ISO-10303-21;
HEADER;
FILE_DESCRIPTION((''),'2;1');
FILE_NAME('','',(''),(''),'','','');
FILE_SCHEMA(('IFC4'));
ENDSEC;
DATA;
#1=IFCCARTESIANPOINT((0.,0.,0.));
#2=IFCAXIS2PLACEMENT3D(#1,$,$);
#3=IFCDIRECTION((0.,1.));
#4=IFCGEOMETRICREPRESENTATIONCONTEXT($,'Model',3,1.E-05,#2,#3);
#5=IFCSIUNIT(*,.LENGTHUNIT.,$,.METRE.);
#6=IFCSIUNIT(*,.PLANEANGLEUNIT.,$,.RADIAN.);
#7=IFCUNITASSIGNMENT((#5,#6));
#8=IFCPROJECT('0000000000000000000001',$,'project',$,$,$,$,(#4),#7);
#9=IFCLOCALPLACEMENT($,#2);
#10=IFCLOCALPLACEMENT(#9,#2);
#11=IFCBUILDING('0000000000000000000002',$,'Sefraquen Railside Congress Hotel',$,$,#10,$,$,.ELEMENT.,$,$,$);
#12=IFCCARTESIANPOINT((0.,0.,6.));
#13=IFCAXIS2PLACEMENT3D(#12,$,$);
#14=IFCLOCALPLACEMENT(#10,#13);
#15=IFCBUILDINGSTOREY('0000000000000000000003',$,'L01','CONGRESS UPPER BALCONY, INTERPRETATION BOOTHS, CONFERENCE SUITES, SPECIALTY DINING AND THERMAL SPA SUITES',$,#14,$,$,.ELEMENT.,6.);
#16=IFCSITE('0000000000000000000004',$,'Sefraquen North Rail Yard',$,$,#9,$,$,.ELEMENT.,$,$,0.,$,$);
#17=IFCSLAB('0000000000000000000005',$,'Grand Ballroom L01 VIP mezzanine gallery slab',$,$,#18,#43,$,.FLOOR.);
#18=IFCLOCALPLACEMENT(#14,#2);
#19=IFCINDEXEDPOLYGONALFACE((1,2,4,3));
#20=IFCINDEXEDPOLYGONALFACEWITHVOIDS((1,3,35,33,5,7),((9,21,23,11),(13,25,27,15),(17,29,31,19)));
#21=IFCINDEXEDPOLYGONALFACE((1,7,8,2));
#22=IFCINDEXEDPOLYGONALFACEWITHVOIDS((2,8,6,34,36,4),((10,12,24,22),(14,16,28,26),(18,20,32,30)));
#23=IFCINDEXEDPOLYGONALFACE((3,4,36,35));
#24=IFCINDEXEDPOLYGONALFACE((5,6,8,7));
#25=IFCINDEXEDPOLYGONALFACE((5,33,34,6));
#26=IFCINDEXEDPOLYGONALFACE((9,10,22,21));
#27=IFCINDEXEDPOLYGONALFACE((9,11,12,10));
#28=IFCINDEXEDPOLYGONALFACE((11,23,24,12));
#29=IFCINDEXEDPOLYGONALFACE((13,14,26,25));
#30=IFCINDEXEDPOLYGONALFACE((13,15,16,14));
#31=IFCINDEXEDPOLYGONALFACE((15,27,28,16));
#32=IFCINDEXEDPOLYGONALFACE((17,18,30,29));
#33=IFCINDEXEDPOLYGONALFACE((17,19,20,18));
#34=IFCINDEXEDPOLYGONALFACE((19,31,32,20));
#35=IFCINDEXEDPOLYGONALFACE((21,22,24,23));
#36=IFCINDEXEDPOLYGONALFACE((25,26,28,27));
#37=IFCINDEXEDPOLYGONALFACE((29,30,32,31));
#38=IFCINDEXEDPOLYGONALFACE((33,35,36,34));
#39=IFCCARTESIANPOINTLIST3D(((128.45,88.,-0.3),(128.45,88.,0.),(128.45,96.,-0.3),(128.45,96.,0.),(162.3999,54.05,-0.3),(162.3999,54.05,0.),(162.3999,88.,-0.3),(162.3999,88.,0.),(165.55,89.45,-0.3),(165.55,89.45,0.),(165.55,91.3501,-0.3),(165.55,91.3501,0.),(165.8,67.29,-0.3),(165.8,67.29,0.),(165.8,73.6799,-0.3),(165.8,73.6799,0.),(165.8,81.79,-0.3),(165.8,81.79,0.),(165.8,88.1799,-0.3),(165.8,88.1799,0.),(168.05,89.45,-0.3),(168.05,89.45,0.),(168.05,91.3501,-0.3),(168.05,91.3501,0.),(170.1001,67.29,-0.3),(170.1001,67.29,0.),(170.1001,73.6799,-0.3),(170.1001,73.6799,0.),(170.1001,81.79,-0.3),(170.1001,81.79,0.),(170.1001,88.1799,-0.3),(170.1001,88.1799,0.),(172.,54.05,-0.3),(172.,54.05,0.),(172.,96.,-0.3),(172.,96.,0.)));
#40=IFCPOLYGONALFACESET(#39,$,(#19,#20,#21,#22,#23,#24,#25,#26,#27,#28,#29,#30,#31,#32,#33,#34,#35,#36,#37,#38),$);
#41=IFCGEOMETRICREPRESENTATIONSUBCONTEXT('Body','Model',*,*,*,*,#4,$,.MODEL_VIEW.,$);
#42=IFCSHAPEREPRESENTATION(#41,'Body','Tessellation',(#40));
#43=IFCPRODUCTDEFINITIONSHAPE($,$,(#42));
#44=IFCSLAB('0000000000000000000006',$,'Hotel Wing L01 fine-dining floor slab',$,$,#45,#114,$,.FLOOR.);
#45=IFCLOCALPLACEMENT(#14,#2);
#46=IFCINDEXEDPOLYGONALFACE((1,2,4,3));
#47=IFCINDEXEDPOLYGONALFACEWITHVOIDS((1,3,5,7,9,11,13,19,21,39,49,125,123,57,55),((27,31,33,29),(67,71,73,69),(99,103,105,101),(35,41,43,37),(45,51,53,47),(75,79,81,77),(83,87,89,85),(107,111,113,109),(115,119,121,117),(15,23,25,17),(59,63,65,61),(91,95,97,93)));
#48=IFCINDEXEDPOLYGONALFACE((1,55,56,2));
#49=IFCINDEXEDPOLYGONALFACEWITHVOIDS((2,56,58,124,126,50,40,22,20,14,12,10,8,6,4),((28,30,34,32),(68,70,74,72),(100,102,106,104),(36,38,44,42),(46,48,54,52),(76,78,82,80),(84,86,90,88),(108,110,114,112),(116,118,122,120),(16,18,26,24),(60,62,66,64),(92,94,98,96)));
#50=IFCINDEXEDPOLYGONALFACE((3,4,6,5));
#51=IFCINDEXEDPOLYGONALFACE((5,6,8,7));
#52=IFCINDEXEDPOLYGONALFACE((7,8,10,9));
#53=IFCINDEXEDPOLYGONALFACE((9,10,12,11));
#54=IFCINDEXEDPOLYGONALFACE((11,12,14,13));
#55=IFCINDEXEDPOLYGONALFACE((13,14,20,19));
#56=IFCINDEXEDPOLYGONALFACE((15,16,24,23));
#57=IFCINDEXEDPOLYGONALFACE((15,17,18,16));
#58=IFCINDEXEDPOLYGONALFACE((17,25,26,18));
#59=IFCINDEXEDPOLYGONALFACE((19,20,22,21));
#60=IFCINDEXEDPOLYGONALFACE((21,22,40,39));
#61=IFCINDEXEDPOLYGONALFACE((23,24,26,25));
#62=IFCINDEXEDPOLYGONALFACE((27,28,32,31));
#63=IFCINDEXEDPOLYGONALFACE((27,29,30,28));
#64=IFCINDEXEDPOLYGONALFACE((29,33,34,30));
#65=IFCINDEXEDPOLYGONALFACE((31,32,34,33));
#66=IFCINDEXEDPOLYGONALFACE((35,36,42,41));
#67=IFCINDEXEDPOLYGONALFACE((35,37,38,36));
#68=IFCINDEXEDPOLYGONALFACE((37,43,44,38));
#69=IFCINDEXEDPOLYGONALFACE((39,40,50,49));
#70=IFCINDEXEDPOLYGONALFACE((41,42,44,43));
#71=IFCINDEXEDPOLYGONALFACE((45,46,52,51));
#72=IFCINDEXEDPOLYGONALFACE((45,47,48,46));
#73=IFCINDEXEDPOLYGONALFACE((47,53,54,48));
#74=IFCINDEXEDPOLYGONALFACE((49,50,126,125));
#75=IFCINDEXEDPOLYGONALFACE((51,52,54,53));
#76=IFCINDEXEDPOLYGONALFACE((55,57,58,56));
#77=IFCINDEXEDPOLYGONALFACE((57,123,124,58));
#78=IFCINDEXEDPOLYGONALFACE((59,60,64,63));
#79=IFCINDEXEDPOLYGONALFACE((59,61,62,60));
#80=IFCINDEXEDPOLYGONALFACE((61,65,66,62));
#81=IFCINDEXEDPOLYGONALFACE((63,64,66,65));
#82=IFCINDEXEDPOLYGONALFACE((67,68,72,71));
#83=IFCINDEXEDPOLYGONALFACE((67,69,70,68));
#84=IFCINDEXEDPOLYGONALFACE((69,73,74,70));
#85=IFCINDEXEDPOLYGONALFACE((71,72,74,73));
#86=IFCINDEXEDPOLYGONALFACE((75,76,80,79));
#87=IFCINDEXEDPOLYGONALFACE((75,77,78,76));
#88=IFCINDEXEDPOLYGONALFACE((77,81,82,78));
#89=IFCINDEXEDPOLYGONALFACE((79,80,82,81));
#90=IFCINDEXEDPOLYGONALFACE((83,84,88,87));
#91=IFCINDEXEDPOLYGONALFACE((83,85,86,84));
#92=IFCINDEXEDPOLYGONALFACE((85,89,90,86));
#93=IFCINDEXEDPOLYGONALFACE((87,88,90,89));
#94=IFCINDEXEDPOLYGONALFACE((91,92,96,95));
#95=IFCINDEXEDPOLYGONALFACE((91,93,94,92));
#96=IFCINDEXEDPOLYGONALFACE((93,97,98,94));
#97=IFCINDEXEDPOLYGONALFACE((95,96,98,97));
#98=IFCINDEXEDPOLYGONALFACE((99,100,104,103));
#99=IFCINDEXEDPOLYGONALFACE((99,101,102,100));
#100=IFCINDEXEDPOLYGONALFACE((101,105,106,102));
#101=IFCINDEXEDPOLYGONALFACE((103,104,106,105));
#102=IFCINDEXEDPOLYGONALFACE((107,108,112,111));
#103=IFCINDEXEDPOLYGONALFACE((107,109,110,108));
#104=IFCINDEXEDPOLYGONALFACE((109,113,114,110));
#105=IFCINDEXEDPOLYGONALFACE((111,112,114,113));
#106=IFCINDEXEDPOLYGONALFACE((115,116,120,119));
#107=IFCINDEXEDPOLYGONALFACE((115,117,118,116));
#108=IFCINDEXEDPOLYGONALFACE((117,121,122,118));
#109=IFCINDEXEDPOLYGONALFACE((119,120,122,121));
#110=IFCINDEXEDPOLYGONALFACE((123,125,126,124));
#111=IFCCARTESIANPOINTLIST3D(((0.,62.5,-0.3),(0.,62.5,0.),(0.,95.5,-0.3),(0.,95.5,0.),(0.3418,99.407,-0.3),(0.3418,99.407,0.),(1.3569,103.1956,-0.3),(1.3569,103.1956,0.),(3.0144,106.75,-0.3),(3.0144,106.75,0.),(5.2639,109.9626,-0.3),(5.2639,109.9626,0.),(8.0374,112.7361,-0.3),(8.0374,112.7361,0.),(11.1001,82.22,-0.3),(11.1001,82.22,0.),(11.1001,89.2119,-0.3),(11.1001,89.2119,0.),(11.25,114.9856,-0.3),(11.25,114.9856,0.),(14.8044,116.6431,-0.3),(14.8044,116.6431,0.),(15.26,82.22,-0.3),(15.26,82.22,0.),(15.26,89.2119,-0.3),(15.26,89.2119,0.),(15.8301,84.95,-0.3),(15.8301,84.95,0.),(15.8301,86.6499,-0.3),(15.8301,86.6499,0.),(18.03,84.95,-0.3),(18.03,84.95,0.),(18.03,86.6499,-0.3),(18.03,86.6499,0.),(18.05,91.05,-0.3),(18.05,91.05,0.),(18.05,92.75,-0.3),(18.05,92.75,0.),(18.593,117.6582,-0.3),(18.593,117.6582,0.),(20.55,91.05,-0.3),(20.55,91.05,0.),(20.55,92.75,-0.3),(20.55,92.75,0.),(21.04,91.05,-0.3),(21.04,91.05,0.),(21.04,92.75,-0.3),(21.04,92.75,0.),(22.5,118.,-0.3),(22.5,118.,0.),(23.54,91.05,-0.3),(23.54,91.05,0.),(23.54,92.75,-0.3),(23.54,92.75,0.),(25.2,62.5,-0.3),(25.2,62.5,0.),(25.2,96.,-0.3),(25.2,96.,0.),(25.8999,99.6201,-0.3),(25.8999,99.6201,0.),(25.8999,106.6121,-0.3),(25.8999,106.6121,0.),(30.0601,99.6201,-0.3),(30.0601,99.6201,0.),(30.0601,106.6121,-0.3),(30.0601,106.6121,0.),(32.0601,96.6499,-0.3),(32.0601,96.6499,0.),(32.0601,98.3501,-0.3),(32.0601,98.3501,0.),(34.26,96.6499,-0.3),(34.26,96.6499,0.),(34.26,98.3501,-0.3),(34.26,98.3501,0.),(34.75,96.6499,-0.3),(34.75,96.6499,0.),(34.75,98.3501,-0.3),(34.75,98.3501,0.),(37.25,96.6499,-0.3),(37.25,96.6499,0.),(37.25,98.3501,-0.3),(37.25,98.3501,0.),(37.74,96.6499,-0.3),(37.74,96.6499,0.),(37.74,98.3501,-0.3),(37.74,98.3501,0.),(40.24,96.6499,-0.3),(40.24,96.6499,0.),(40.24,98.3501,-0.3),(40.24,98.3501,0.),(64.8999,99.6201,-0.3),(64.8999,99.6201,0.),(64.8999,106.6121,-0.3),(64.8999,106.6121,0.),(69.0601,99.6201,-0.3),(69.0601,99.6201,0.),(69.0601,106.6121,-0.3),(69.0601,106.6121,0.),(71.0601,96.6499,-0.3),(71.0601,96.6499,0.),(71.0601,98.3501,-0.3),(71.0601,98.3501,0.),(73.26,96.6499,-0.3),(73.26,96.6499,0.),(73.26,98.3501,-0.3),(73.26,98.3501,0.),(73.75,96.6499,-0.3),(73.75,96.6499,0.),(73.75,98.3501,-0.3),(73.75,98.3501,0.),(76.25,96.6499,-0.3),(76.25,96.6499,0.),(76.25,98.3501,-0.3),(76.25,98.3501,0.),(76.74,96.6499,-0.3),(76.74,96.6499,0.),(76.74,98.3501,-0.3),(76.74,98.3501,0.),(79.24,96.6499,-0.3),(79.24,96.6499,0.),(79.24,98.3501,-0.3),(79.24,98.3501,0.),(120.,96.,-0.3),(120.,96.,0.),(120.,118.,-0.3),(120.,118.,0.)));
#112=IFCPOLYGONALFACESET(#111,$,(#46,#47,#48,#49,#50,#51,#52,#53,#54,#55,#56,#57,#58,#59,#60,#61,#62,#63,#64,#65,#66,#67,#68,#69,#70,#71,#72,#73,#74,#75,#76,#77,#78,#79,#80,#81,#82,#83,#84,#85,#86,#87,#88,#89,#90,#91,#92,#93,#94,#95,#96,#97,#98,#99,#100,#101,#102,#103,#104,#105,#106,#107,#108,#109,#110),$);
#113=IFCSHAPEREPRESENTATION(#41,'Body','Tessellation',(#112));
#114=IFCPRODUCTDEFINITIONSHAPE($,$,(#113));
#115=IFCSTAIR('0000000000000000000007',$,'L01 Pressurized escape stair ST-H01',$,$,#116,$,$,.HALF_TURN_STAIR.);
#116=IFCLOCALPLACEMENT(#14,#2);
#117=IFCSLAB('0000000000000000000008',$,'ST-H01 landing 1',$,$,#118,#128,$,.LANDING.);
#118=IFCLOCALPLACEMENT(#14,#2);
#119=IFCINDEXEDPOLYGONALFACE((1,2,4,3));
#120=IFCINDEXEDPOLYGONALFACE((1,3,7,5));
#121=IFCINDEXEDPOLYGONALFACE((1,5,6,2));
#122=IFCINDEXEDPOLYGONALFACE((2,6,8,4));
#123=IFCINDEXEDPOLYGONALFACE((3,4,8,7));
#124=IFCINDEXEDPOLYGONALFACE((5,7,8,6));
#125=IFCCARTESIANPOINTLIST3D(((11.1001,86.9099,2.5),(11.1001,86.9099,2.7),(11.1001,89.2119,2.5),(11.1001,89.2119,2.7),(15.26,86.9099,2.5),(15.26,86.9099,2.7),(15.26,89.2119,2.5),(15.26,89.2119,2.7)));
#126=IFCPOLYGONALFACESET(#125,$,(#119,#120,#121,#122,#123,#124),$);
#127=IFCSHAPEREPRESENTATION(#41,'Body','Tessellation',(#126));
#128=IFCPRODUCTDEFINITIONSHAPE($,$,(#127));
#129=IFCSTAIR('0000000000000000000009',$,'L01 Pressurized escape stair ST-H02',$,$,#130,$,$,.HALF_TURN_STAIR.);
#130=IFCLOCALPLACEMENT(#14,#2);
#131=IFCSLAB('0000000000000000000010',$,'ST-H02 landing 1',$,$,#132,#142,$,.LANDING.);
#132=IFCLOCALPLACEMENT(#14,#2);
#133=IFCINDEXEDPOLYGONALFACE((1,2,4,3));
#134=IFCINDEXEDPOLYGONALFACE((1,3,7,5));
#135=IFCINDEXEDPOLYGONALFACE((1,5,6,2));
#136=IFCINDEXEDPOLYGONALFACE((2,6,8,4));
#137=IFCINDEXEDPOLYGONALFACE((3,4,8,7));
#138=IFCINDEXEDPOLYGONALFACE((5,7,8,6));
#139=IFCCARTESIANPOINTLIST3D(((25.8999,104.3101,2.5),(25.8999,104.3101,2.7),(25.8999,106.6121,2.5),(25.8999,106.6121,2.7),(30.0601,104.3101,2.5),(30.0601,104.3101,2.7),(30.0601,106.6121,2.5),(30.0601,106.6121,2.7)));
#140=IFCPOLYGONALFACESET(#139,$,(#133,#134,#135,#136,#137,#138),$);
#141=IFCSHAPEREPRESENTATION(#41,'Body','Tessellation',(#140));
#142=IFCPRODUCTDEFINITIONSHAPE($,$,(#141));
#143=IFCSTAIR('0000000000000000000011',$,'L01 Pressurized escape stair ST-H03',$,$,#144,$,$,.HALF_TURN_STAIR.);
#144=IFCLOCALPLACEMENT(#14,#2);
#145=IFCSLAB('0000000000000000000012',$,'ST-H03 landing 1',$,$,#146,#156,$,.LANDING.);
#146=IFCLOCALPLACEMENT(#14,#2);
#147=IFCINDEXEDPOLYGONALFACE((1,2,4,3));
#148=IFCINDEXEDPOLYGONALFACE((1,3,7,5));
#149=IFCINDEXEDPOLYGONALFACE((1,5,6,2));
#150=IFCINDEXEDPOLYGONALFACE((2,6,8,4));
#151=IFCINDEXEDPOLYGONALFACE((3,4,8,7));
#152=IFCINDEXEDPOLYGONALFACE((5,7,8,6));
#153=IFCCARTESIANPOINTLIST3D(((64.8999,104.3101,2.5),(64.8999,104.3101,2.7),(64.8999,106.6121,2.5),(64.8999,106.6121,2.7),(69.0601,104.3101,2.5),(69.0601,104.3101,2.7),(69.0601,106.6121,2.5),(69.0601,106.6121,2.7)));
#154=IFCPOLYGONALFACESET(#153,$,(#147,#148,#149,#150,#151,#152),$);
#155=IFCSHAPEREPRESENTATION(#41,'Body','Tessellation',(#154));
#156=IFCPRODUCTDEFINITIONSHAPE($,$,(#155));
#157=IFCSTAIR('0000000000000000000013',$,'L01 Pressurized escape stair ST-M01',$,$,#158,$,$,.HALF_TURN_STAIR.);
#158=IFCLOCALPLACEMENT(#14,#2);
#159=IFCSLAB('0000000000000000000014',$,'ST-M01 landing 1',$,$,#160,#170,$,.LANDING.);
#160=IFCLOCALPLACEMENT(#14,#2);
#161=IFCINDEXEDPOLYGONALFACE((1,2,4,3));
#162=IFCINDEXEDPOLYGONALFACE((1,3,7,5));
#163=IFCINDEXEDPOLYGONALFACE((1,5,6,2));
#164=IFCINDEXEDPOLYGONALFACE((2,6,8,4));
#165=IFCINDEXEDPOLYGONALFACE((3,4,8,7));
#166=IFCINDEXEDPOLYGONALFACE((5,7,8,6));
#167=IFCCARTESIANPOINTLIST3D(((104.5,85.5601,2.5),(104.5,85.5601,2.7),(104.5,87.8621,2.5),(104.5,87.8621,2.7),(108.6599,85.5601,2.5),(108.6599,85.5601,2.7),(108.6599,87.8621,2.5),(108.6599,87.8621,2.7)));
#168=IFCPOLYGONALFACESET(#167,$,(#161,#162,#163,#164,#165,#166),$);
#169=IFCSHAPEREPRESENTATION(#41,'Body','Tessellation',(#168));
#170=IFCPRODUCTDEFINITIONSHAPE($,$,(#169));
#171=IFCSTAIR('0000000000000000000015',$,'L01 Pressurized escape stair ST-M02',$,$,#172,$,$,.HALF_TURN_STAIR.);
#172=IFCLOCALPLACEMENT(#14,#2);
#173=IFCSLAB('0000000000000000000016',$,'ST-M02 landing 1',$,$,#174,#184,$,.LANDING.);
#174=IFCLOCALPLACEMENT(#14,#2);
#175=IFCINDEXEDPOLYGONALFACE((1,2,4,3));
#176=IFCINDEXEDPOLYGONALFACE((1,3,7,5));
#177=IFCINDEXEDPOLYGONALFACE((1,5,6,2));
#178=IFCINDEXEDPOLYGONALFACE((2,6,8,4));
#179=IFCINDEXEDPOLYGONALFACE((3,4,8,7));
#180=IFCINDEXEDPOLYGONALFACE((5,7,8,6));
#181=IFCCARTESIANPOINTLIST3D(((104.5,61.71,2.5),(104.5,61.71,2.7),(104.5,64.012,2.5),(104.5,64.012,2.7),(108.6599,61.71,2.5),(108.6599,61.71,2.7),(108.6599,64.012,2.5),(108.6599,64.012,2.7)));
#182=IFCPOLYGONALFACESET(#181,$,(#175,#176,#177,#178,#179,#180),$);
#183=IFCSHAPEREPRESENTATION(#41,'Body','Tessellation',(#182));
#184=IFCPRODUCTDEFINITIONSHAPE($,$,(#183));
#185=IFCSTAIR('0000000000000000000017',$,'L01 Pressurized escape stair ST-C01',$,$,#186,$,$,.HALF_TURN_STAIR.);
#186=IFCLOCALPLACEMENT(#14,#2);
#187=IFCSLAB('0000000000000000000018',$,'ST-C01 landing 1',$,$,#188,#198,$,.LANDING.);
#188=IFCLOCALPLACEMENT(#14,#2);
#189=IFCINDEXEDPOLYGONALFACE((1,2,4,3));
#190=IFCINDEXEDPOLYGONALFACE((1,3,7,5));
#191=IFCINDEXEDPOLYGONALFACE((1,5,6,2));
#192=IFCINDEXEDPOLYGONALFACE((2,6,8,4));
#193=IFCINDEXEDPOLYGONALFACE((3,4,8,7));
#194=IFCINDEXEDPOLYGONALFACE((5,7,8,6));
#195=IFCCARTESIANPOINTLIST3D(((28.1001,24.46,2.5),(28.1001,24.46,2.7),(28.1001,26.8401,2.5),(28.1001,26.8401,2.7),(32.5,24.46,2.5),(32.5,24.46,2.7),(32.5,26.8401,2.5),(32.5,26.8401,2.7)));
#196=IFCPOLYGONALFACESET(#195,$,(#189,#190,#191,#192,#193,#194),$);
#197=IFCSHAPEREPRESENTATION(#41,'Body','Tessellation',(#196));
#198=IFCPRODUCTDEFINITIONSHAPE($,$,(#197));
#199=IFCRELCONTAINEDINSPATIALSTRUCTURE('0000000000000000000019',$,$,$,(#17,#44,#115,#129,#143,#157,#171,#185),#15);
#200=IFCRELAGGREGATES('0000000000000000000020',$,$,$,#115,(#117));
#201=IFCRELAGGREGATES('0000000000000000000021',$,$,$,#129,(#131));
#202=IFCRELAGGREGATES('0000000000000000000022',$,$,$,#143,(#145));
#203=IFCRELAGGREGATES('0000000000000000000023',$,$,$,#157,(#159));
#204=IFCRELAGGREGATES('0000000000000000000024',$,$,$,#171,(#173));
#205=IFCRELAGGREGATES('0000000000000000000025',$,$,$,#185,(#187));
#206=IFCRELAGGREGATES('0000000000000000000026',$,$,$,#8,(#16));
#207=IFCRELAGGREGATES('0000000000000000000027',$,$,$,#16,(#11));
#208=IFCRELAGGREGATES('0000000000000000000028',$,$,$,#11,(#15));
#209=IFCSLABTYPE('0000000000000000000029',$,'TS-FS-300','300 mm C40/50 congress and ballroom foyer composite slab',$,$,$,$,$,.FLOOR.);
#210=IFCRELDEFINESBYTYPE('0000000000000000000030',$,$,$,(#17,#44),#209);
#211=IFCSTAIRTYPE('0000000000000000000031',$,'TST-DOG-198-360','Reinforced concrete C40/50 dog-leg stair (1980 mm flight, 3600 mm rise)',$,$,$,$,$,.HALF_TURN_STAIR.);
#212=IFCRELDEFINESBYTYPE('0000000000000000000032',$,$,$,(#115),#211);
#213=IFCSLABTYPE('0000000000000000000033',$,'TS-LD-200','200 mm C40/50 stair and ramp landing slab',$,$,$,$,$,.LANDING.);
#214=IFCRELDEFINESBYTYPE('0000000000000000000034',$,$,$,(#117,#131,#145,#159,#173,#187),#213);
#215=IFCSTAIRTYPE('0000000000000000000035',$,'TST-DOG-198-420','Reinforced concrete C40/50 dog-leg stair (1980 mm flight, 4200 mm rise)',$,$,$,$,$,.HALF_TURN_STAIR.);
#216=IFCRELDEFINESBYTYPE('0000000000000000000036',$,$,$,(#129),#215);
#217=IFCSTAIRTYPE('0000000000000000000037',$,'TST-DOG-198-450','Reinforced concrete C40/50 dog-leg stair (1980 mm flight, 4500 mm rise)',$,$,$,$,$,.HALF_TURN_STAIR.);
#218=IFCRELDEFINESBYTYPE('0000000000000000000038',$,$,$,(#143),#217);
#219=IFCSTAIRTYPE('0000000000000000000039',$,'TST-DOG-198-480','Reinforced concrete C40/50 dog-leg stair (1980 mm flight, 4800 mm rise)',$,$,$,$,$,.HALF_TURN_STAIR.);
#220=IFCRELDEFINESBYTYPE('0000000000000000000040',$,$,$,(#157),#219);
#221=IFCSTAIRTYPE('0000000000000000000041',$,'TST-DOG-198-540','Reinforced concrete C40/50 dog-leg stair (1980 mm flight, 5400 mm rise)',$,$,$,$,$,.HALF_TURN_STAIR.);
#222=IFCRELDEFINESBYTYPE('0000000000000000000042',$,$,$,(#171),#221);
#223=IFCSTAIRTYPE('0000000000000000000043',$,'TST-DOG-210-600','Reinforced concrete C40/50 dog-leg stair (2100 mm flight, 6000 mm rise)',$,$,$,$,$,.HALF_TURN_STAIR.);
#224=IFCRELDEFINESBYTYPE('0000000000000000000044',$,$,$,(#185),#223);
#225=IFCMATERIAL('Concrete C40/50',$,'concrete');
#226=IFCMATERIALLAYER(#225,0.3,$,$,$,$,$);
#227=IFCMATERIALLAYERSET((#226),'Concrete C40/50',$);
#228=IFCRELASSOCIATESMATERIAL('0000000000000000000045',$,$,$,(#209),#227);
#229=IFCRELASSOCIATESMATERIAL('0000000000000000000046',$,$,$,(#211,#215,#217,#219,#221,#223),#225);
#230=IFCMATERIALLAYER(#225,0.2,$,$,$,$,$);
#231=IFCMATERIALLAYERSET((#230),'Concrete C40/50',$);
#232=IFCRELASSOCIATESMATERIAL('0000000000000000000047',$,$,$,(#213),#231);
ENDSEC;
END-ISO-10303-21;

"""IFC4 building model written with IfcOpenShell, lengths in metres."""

from ifc_helpers import new_model, si_unit, direction, frame, origin, place, context, subcontext, project, spatial, polyline, outline, extrude, material, layer, layer_set, type_object, element, aggregate, save


model = new_model("IFC4")

# Units and contexts
model_context = context("Model", 3, precision=1e-05, world=origin(), true_north=direction((0.0, 1.0)))
body_context = subcontext(model_context, "Body", "Model", "MODEL_VIEW")
ifc_project = project(units=[si_unit("LENGTHUNIT", "METRE"), si_unit("PLANEANGLEUNIT", "RADIAN")], contexts=[model_context])

# Site, building, storey
site_placement = place(None, origin())
site = spatial("IfcSite", under=ifc_project, at=site_placement, Name="Sefraquen North Rail Yard", CompositionType="ELEMENT", RefElevation=0.0)
building_placement = place(site_placement, origin())
building = spatial("IfcBuilding", under=site, at=building_placement, Name="Sefraquen Railside Congress Hotel", CompositionType="ELEMENT")
storey_placement = place(building_placement, frame((0.0, 0.0, 6.0)))
storey = spatial("IfcBuildingStorey", under=building, at=storey_placement, Name="L01", Description="CONGRESS UPPER BALCONY, INTERPRETATION BOOTHS, CONFERENCE SUITES, SPECIALTY DINING AND THERMAL SPA SUITES", CompositionType="ELEMENT", Elevation=6.0)

# Slabs
ifc_material_1 = material(Name="Concrete C40/50", Category="concrete")
ifc_layer_1 = layer(ifc_material_1, 0.3)
ifc_layer_set_1 = layer_set([ifc_layer_1], Name="Concrete C40/50")
slab_type_1 = type_object("IfcSlabType", Name="TS-FS-300", Description="300 mm C40/50 congress and ballroom foyer composite slab", PredefinedType="FLOOR", material=ifc_layer_set_1)
slab_1_placement = place(storey_placement, frame((0.0, 0.0, -0.3)))
element("IfcSlab", 1, at=slab_1_placement, inside=storey, type_object=slab_type_1, Name="Grand Ballroom L01 VIP mezzanine gallery slab", PredefinedType="FLOOR", context=body_context, shape_type="SweptSolid", body=[
    extrude(outline(polyline([(128.45, 88.0), (162.3999, 88.0), (162.3999, 54.05), (172.0, 54.05), (172.0, 96.0), (128.45, 96.0), (128.45, 88.0)]), holes=[polyline([(165.8, 81.79), (170.1001, 81.79), (170.1001, 88.1799), (165.8, 88.1799), (165.8, 81.79)]), polyline([(165.8, 67.29), (170.1001, 67.29), (170.1001, 73.6799), (165.8, 73.6799), (165.8, 67.29)]), polyline([(165.55, 89.45), (168.05, 89.45), (168.05, 91.3501), (165.55, 91.3501), (165.55, 89.45)])]), origin(), (0.0, 0.0, 1.0), 0.3),
])
slab_2_placement = place(storey_placement, frame((0.0, 0.0, -0.3)))
element("IfcSlab", 2, at=slab_2_placement, inside=storey, type_object=slab_type_1, Name="Hotel Wing L01 fine-dining floor slab", PredefinedType="FLOOR", context=body_context, shape_type="SweptSolid", body=[
    extrude(outline(polyline([(0.0, 62.5), (25.2, 62.5), (25.2, 96.0), (120.0, 96.0), (120.0, 118.0), (22.5, 118.0), (18.593, 117.6582), (14.8044, 116.6431), (11.25, 114.9856), (8.0374, 112.7361), (5.2639, 109.9626), (3.0144, 106.75), (1.3569, 103.1956), (0.3418, 99.407), (0.0, 95.5), (0.0, 62.5)]), holes=[polyline([(11.1001, 82.22), (15.26, 82.22), (15.26, 89.2119), (11.1001, 89.2119), (11.1001, 82.22)]), polyline([(25.8999, 99.6201), (30.0601, 99.6201), (30.0601, 106.6121), (25.8999, 106.6121), (25.8999, 99.6201)]), polyline([(64.8999, 99.6201), (69.0601, 99.6201), (69.0601, 106.6121), (64.8999, 106.6121), (64.8999, 99.6201)]), polyline([(15.8301, 84.95), (18.03, 84.95), (18.03, 86.6499), (15.8301, 86.6499), (15.8301, 84.95)]), polyline([(32.0601, 96.6499), (34.26, 96.6499), (34.26, 98.3501), (32.0601, 98.3501), (32.0601, 96.6499)]), polyline([(71.0601, 96.6499), (73.26, 96.6499), (73.26, 98.3501), (71.0601, 98.3501), (71.0601, 96.6499)]), polyline([(18.05, 91.05), (20.55, 91.05), (20.55, 92.75), (18.05, 92.75), (18.05, 91.05)]), polyline([(21.04, 91.05), (23.54, 91.05), (23.54, 92.75), (21.04, 92.75), (21.04, 91.05)]), polyline([(34.75, 96.6499), (37.25, 96.6499), (37.25, 98.3501), (34.75, 98.3501), (34.75, 96.6499)]), polyline([(37.74, 96.6499), (40.24, 96.6499), (40.24, 98.3501), (37.74, 98.3501), (37.74, 96.6499)]), polyline([(73.75, 96.6499), (76.25, 96.6499), (76.25, 98.3501), (73.75, 98.3501), (73.75, 96.6499)]), polyline([(76.74, 96.6499), (79.24, 96.6499), (79.24, 98.3501), (76.74, 98.3501), (76.74, 96.6499)])]), origin(), (0.0, 0.0, 1.0), 0.3),
])

# Stairs, slabs
stair_type_1 = type_object("IfcStairType", Name="TST-DOG-198-360", Description="Reinforced concrete C40/50 dog-leg stair (1980 mm flight, 3600 mm rise)", PredefinedType="HALF_TURN_STAIR", material=ifc_material_1)
stair_1_placement = place(storey_placement, origin())
stair_1 = element("IfcStair", 3, at=stair_1_placement, inside=storey, type_object=stair_type_1, Name="L01 Pressurized escape stair ST-H01", PredefinedType="HALF_TURN_STAIR")
ifc_layer_2 = layer(ifc_material_1, 0.2)
ifc_layer_set_2 = layer_set([ifc_layer_2], Name="Concrete C40/50")
slab_type_2 = type_object("IfcSlabType", Name="TS-LD-200", Description="200 mm C40/50 stair and ramp landing slab", PredefinedType="LANDING", material=ifc_layer_set_2)
slab_3_placement = place(storey_placement, frame((0.0, 0.0, 2.5)))
slab_3 = element("IfcSlab", 4, at=slab_3_placement, type_object=slab_type_2, Name="ST-H01 landing 1", PredefinedType="LANDING", context=body_context, shape_type="SweptSolid", body=[
    extrude(outline(polyline([(15.26, 86.9099), (15.26, 89.2119), (11.1001, 89.2119), (11.1001, 86.9099), (15.26, 86.9099)])), origin(), (0.0, 0.0, 1.0), 0.2),
])
aggregate(stair_1, [slab_3])
stair_type_2 = type_object("IfcStairType", Name="TST-DOG-198-420", Description="Reinforced concrete C40/50 dog-leg stair (1980 mm flight, 4200 mm rise)", PredefinedType="HALF_TURN_STAIR", material=ifc_material_1)
stair_2_placement = place(storey_placement, origin())
stair_2 = element("IfcStair", 5, at=stair_2_placement, inside=storey, type_object=stair_type_2, Name="L01 Pressurized escape stair ST-H02", PredefinedType="HALF_TURN_STAIR")
slab_4_placement = place(storey_placement, frame((0.0, 0.0, 2.5)))
slab_4 = element("IfcSlab", 6, at=slab_4_placement, type_object=slab_type_2, Name="ST-H02 landing 1", PredefinedType="LANDING", context=body_context, shape_type="SweptSolid", body=[
    extrude(outline(polyline([(30.0601, 104.3101), (30.0601, 106.6121), (25.8999, 106.6121), (25.8999, 104.3101), (30.0601, 104.3101)])), origin(), (0.0, 0.0, 1.0), 0.2),
])
aggregate(stair_2, [slab_4])
stair_type_3 = type_object("IfcStairType", Name="TST-DOG-198-450", Description="Reinforced concrete C40/50 dog-leg stair (1980 mm flight, 4500 mm rise)", PredefinedType="HALF_TURN_STAIR", material=ifc_material_1)
stair_3_placement = place(storey_placement, origin())
stair_3 = element("IfcStair", 7, at=stair_3_placement, inside=storey, type_object=stair_type_3, Name="L01 Pressurized escape stair ST-H03", PredefinedType="HALF_TURN_STAIR")
slab_5_placement = place(storey_placement, frame((0.0, 0.0, 2.5)))
slab_5 = element("IfcSlab", 8, at=slab_5_placement, type_object=slab_type_2, Name="ST-H03 landing 1", PredefinedType="LANDING", context=body_context, shape_type="SweptSolid", body=[
    extrude(outline(polyline([(69.0601, 104.3101), (69.0601, 106.6121), (64.8999, 106.6121), (64.8999, 104.3101), (69.0601, 104.3101)])), origin(), (0.0, 0.0, 1.0), 0.2),
])
aggregate(stair_3, [slab_5])
stair_type_4 = type_object("IfcStairType", Name="TST-DOG-198-480", Description="Reinforced concrete C40/50 dog-leg stair (1980 mm flight, 4800 mm rise)", PredefinedType="HALF_TURN_STAIR", material=ifc_material_1)
stair_4_placement = place(storey_placement, origin())
stair_4 = element("IfcStair", 9, at=stair_4_placement, inside=storey, type_object=stair_type_4, Name="L01 Pressurized escape stair ST-M01", PredefinedType="HALF_TURN_STAIR")
slab_6_placement = place(storey_placement, frame((0.0, 0.0, 2.5)))
slab_6 = element("IfcSlab", 10, at=slab_6_placement, type_object=slab_type_2, Name="ST-M01 landing 1", PredefinedType="LANDING", context=body_context, shape_type="SweptSolid", body=[
    extrude(outline(polyline([(108.6599, 85.5601), (108.6599, 87.8621), (104.5, 87.8621), (104.5, 85.5601), (108.6599, 85.5601)])), origin(), (0.0, 0.0, 1.0), 0.2),
])
aggregate(stair_4, [slab_6])
stair_type_5 = type_object("IfcStairType", Name="TST-DOG-198-540", Description="Reinforced concrete C40/50 dog-leg stair (1980 mm flight, 5400 mm rise)", PredefinedType="HALF_TURN_STAIR", material=ifc_material_1)
stair_5_placement = place(storey_placement, origin())
stair_5 = element("IfcStair", 11, at=stair_5_placement, inside=storey, type_object=stair_type_5, Name="L01 Pressurized escape stair ST-M02", PredefinedType="HALF_TURN_STAIR")
slab_7_placement = place(storey_placement, frame((0.0, 0.0, 2.5)))
slab_7 = element("IfcSlab", 12, at=slab_7_placement, type_object=slab_type_2, Name="ST-M02 landing 1", PredefinedType="LANDING", context=body_context, shape_type="SweptSolid", body=[
    extrude(outline(polyline([(108.6599, 61.71), (108.6599, 64.012), (104.5, 64.012), (104.5, 61.71), (108.6599, 61.71)])), origin(), (0.0, 0.0, 1.0), 0.2),
])
aggregate(stair_5, [slab_7])
stair_type_6 = type_object("IfcStairType", Name="TST-DOG-210-600", Description="Reinforced concrete C40/50 dog-leg stair (2100 mm flight, 6000 mm rise)", PredefinedType="HALF_TURN_STAIR", material=ifc_material_1)
stair_6_placement = place(storey_placement, origin())
stair_6 = element("IfcStair", 13, at=stair_6_placement, inside=storey, type_object=stair_type_6, Name="L01 Pressurized escape stair ST-C01", PredefinedType="HALF_TURN_STAIR")
slab_8_placement = place(storey_placement, frame((0.0, 0.0, 2.5)))
slab_8 = element("IfcSlab", 14, at=slab_8_placement, type_object=slab_type_2, Name="ST-C01 landing 1", PredefinedType="LANDING", context=body_context, shape_type="SweptSolid", body=[
    extrude(outline(polyline([(32.5, 24.46), (32.5, 26.8401), (28.1001, 26.8401), (28.1001, 24.46), (32.5, 24.46)])), origin(), (0.0, 0.0, 1.0), 0.2),
])
aggregate(stair_6, [slab_8])

save(model, "model.ifc")
